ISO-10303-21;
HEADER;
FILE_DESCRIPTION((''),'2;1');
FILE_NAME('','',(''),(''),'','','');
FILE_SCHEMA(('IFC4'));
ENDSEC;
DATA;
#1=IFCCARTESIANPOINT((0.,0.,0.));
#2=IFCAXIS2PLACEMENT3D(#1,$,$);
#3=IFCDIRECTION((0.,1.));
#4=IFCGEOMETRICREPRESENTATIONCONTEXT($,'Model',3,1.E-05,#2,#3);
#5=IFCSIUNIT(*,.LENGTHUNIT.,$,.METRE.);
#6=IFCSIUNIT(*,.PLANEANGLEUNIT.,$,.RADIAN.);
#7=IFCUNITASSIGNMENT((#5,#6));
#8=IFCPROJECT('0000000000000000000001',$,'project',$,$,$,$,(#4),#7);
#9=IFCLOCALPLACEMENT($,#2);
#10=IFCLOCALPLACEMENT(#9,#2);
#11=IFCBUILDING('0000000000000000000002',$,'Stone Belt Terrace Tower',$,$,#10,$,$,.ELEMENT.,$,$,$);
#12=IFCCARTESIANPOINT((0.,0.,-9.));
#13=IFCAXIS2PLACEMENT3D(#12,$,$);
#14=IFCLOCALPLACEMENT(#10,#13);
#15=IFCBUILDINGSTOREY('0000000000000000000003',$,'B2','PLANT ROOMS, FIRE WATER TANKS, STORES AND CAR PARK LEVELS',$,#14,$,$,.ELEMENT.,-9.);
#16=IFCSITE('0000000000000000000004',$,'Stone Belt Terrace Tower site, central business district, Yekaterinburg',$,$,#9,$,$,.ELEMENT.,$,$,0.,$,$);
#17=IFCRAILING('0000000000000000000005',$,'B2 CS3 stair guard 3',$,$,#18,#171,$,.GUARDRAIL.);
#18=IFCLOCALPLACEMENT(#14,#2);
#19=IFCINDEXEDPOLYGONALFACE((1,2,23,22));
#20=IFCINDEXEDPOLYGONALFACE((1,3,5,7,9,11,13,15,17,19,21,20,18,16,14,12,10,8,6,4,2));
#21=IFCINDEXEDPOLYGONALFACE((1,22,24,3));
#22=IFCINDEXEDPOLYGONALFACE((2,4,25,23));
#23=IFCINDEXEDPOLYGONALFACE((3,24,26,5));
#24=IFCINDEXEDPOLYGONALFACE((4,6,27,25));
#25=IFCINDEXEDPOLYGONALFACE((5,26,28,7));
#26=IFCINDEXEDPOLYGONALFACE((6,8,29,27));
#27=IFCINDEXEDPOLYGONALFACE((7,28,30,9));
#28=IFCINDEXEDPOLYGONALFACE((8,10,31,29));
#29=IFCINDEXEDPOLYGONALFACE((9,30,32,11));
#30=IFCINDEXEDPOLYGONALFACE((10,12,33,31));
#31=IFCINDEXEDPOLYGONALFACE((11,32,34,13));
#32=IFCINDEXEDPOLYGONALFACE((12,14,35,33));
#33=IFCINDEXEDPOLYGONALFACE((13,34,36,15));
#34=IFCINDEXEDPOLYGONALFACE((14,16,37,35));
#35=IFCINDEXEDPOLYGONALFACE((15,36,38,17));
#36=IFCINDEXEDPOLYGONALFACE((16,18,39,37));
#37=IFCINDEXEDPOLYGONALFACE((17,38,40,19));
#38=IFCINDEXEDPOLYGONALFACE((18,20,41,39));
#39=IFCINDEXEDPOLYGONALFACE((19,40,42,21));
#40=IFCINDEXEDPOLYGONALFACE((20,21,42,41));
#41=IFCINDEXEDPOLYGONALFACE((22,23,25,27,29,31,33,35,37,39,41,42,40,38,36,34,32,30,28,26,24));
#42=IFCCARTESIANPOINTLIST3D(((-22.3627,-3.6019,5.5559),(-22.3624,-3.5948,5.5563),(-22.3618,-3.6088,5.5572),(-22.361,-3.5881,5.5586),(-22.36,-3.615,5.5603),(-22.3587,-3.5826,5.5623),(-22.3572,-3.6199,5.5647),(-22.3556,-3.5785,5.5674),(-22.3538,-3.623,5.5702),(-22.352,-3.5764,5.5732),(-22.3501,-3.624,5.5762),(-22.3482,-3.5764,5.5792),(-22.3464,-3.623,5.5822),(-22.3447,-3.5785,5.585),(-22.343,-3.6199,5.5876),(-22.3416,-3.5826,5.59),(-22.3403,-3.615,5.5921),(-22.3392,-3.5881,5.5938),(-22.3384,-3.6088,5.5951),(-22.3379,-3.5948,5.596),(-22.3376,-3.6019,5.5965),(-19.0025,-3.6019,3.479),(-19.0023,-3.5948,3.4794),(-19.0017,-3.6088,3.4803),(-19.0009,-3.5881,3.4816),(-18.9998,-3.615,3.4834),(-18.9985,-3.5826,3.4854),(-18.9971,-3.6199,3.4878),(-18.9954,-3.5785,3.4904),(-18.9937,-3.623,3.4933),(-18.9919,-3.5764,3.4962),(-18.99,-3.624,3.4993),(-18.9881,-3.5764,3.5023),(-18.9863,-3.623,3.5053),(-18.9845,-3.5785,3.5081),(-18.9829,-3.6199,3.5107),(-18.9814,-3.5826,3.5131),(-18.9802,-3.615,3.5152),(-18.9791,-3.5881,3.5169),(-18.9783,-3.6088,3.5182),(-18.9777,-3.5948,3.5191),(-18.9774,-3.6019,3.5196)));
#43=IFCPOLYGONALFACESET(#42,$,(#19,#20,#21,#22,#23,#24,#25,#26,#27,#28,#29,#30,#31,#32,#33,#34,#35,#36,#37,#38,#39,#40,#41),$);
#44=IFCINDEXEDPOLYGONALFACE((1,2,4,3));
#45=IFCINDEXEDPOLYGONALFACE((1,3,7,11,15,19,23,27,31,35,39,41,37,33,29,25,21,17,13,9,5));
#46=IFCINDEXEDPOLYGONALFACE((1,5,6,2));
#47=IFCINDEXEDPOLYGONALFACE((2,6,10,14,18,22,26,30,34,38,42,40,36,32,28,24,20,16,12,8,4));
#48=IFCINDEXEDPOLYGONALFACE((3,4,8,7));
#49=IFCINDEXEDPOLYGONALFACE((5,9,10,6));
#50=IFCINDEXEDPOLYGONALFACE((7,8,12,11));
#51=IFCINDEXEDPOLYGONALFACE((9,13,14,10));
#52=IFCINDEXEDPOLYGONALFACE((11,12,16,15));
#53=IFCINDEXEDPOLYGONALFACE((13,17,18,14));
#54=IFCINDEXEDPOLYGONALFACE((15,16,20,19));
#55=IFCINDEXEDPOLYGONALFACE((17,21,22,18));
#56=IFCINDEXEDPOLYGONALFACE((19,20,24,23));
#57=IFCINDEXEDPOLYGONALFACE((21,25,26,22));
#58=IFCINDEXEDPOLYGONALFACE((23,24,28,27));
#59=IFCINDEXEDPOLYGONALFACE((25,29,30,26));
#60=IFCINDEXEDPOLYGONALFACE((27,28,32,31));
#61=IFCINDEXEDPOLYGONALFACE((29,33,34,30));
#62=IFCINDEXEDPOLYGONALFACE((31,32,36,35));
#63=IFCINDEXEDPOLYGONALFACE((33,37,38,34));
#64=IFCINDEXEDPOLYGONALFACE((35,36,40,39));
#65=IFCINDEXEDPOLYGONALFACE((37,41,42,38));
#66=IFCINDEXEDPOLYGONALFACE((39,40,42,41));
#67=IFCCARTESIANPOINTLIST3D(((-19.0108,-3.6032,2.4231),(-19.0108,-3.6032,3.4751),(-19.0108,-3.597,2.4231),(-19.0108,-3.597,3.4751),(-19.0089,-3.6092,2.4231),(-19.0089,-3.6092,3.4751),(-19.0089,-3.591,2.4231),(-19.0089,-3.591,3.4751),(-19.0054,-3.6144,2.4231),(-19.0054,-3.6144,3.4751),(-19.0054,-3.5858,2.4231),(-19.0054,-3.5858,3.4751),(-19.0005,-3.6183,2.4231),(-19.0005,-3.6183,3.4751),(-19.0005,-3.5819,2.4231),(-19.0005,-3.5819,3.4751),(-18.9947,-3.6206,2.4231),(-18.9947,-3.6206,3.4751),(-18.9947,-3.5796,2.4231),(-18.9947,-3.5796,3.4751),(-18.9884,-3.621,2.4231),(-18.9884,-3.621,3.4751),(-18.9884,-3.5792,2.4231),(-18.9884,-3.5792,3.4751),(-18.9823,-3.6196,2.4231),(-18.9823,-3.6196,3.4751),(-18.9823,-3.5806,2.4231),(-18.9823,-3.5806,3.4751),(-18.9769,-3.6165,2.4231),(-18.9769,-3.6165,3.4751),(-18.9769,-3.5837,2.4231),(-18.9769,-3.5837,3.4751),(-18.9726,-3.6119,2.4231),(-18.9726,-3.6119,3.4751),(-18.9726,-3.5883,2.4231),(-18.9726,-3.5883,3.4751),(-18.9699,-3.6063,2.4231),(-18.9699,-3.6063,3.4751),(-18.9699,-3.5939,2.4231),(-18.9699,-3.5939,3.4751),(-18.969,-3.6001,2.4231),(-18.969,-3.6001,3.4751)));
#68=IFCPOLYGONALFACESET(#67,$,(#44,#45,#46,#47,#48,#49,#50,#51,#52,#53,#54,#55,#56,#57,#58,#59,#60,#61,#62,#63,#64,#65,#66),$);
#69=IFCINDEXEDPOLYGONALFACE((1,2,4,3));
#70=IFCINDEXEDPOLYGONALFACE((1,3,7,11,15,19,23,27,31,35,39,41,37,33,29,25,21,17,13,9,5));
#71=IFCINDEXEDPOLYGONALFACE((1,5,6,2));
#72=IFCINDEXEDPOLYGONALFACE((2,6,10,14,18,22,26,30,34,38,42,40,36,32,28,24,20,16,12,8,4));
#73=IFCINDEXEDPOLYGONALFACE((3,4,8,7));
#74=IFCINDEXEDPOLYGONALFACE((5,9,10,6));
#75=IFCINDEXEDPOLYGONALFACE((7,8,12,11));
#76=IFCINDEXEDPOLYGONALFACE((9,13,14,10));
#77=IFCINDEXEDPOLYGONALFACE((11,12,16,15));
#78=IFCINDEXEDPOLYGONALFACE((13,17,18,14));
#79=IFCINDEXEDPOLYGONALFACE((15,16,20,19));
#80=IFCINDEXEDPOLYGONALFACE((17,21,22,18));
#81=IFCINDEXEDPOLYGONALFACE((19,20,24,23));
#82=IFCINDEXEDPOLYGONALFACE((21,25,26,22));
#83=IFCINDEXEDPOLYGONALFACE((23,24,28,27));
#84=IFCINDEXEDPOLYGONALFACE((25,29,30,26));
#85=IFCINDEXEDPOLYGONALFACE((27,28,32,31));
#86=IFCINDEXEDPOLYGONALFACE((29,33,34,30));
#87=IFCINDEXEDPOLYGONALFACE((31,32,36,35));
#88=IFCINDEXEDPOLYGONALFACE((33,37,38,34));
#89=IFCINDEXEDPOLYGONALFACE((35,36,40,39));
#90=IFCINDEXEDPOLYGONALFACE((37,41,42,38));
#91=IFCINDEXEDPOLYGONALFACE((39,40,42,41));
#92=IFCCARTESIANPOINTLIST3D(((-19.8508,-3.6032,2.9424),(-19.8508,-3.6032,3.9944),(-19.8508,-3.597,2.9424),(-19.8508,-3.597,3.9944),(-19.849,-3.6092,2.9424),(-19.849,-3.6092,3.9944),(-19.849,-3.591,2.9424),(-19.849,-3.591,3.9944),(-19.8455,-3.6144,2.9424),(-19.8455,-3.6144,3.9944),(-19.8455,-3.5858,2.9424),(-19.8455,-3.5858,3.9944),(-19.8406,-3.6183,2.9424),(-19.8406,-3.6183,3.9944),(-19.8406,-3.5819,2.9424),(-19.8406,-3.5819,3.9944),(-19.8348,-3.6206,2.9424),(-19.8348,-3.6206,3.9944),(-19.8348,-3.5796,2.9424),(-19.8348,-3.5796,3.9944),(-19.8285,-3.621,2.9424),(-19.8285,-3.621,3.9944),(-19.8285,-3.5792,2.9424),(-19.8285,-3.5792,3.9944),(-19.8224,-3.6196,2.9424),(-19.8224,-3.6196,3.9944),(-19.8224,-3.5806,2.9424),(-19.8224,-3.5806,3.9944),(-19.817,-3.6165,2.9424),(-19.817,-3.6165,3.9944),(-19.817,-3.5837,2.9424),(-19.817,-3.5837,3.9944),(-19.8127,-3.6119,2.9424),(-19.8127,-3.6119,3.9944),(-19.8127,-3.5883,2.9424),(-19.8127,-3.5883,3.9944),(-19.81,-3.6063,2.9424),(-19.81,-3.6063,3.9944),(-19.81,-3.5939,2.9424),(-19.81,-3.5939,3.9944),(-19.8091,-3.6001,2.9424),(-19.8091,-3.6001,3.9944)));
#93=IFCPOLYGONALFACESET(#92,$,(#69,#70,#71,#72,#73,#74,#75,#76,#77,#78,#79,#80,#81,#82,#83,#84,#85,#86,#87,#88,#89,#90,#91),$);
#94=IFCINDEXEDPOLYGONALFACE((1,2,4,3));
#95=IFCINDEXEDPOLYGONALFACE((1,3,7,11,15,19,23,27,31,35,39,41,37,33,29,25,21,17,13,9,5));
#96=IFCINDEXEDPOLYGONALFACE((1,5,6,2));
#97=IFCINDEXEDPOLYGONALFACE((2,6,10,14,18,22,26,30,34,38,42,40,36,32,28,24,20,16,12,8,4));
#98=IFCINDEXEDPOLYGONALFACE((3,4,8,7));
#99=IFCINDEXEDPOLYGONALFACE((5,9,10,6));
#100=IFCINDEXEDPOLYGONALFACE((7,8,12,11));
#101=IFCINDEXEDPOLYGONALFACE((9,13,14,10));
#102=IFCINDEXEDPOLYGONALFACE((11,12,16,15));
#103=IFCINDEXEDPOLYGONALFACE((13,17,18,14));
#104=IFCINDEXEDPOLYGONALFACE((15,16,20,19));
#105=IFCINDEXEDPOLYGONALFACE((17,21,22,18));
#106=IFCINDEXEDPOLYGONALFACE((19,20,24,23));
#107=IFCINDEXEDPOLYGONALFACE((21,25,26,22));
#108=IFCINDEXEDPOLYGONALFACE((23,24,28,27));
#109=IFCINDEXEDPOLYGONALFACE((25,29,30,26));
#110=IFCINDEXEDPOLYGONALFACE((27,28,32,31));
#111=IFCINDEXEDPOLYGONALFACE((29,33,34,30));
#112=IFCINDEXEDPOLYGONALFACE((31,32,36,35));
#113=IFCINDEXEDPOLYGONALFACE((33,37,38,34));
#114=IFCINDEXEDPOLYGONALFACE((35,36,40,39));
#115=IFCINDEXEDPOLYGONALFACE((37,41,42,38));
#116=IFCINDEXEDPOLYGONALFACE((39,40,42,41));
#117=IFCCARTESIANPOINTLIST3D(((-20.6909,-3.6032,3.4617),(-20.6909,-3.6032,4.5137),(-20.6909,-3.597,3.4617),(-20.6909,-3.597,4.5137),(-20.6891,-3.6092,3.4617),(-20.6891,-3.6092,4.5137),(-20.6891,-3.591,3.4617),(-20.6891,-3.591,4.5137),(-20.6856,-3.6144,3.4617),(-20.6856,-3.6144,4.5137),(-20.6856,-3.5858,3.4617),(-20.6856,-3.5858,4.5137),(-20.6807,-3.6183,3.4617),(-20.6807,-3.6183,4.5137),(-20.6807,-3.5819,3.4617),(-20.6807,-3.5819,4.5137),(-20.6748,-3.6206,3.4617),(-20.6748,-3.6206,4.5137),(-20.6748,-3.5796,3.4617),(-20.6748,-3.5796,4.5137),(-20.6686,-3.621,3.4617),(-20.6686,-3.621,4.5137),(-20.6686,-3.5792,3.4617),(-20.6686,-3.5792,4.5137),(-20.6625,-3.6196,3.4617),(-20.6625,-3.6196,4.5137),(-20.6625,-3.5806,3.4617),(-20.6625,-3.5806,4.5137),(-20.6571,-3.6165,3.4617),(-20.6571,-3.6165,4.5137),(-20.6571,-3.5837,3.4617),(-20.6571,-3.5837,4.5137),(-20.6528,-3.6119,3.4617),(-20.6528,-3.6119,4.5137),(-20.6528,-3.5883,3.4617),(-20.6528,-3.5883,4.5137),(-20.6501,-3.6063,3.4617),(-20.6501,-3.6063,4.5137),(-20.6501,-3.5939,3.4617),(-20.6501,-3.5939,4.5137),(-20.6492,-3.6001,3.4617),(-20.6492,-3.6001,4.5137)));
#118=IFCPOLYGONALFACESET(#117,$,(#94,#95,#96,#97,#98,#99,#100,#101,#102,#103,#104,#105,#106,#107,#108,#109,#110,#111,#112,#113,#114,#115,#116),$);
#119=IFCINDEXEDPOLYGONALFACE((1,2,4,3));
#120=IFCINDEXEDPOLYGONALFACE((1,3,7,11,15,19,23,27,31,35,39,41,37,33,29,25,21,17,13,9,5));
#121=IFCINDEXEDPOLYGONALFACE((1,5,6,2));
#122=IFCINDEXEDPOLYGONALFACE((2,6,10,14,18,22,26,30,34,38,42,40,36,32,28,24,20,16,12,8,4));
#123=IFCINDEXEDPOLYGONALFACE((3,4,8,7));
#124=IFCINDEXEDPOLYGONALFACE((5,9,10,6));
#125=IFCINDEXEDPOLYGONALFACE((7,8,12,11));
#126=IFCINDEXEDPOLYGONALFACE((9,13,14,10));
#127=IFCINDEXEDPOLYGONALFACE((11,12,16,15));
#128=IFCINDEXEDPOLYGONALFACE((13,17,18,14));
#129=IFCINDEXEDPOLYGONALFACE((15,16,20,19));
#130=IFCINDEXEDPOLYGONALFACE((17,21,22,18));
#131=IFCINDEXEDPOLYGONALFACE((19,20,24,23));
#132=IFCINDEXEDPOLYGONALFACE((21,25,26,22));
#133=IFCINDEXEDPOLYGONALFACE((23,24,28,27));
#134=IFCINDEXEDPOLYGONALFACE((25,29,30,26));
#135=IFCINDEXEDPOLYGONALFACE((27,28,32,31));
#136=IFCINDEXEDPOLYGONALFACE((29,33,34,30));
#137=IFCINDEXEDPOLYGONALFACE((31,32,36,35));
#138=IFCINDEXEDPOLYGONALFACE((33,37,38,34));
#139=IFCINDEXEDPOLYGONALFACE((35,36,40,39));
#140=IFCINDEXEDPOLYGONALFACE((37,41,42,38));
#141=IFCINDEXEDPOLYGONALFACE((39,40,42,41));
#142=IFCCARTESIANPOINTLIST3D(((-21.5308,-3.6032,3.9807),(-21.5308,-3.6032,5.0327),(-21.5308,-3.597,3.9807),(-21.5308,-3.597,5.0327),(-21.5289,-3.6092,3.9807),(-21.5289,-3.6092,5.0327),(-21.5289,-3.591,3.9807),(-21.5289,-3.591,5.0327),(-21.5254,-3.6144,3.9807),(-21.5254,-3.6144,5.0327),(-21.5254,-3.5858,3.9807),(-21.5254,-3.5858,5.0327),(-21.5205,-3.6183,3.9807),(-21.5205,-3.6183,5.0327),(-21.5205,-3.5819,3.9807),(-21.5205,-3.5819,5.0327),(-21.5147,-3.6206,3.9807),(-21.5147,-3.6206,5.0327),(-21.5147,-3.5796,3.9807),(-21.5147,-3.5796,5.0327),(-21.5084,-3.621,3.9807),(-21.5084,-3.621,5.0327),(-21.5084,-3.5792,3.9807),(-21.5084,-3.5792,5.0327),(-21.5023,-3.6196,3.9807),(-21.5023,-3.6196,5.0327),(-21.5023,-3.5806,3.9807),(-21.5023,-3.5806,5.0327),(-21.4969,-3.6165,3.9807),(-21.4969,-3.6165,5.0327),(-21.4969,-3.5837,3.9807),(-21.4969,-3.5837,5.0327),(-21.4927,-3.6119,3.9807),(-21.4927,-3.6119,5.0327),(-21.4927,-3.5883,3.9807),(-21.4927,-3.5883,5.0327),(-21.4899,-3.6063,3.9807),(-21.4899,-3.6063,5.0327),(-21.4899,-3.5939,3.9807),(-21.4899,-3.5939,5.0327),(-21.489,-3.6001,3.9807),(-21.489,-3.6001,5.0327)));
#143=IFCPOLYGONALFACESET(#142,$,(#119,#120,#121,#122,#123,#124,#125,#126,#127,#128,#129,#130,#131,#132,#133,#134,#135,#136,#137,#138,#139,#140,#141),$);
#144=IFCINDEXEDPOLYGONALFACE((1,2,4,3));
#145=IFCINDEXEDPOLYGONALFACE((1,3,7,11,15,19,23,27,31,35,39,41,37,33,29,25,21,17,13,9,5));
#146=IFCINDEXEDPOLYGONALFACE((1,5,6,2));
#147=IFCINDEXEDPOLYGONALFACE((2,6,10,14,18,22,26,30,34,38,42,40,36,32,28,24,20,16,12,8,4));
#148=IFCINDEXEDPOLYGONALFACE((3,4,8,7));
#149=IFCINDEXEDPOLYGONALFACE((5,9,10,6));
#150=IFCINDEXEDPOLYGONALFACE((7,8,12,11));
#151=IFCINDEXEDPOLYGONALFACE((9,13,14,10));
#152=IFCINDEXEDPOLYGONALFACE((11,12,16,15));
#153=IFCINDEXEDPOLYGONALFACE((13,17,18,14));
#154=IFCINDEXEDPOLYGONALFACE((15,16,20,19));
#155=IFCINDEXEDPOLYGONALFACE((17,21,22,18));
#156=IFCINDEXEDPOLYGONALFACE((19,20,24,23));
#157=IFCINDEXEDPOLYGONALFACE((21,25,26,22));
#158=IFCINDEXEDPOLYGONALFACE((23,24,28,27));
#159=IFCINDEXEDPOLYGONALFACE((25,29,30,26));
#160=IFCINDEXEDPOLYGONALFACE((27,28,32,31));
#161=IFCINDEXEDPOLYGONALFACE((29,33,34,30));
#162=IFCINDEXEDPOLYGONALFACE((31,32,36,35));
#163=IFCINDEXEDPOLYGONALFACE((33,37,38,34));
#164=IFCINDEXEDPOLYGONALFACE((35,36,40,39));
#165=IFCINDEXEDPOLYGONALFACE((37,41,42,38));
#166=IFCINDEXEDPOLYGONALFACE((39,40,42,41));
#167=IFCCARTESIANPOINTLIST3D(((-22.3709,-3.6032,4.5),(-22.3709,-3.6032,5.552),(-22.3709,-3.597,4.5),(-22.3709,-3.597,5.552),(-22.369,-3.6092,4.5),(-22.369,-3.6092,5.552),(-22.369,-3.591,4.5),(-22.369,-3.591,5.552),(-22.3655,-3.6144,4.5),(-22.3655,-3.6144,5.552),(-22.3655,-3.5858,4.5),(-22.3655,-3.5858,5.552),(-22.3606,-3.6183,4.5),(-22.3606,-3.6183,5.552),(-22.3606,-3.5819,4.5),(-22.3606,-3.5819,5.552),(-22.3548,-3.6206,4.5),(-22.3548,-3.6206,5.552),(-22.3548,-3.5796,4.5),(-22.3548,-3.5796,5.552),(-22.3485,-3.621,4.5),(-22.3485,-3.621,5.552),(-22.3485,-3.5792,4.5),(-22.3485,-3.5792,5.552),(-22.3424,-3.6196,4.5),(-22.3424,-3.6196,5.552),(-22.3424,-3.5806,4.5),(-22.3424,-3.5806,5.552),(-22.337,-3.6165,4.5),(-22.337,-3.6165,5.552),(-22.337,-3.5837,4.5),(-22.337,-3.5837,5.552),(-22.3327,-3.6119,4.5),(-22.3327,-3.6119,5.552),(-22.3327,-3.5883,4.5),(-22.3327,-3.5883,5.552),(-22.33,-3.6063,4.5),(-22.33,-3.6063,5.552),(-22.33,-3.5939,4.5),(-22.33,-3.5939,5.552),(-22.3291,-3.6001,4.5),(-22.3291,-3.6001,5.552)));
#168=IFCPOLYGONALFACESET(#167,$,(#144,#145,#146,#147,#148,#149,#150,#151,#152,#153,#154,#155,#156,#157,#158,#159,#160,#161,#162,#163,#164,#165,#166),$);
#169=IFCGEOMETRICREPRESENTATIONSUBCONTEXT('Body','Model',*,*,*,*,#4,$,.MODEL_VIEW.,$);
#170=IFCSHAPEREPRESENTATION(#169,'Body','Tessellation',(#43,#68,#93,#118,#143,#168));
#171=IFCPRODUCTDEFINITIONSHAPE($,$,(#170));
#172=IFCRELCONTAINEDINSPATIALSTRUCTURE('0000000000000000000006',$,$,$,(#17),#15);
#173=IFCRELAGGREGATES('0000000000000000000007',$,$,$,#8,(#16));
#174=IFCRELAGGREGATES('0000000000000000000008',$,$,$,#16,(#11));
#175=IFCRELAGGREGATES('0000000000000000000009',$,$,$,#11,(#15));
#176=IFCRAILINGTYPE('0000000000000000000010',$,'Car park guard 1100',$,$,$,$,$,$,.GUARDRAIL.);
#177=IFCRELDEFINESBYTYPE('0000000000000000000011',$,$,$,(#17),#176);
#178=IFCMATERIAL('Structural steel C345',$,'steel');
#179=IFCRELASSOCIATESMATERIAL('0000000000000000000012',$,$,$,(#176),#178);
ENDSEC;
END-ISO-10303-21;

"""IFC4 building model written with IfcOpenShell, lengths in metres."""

from ifc_helpers import new_model, si_unit, direction, frame, origin, origin_2d, place, context, subcontext, project, spatial, circle, extrude, material, type_object, element, save


model = new_model("IFC4")

# Units and contexts
model_context = context("Model", 3, precision=1e-05, world=origin(), true_north=direction((0.0, 1.0)))
body_context = subcontext(model_context, "Body", "Model", "MODEL_VIEW")
ifc_project = project(units=[si_unit("LENGTHUNIT", "METRE"), si_unit("PLANEANGLEUNIT", "RADIAN")], contexts=[model_context])

# Site, building, storey
site_placement = place(None, origin())
site = spatial("IfcSite", under=ifc_project, at=site_placement, Name="Stone Belt Terrace Tower site, central business district, Yekaterinburg", CompositionType="ELEMENT", RefElevation=0.0)
building_placement = place(site_placement, origin())
building = spatial("IfcBuilding", under=site, at=building_placement, Name="Stone Belt Terrace Tower", CompositionType="ELEMENT")
storey_placement = place(building_placement, frame((0.0, 0.0, -9.0)))
storey = spatial("IfcBuildingStorey", under=building, at=storey_placement, Name="B2", Description="PLANT ROOMS, FIRE WATER TANKS, STORES AND CAR PARK LEVELS", CompositionType="ELEMENT", Elevation=-9.0)

# Railing
ifc_material_1 = material(Name="Structural steel C345", Category="steel")
railing_type_1 = type_object("IfcRailingType", Name="Car park guard 1100", PredefinedType="GUARDRAIL", material=ifc_material_1)
railing_1_placement = place(storey_placement, frame((-18.99, -3.6001, 2.4231)))
element("IfcRailing", 1, at=railing_1_placement, inside=storey, type_object=railing_type_1, Name="B2 CS3 stair guard 3", PredefinedType="GUARDRAIL", context=body_context, shape_type="SweptSolid", body=[
    extrude(circle(Radius=0.0239, at=origin_2d()), frame((0.0, 0.0, 1.0762), z_axis=(-0.850623, 0.0, 0.525776), x_axis=(0.0, -1.0, 0.0)), (0.0, 0.0, 1.0), 3.9502),
    extrude(circle(Radius=0.021, at=origin_2d()), origin(), (0.0, 0.0, 1.0), 1.052),
    extrude(circle(Radius=0.021, at=origin_2d()), frame((-0.8401, 0.0, 0.5193)), (0.0, 0.0, 1.0), 1.052),
    extrude(circle(Radius=0.021, at=origin_2d()), frame((-1.6802, 0.0, 1.0386)), (0.0, 0.0, 1.0), 1.052),
    extrude(circle(Radius=0.021, at=origin_2d()), frame((-2.52, 0.0, 1.5576)), (0.0, 0.0, 1.0), 1.052),
    extrude(circle(Radius=0.021, at=origin_2d()), frame((-3.3601, 0.0, 2.0769)), (0.0, 0.0, 1.0), 1.052),
])

save(model, "model.ifc")
